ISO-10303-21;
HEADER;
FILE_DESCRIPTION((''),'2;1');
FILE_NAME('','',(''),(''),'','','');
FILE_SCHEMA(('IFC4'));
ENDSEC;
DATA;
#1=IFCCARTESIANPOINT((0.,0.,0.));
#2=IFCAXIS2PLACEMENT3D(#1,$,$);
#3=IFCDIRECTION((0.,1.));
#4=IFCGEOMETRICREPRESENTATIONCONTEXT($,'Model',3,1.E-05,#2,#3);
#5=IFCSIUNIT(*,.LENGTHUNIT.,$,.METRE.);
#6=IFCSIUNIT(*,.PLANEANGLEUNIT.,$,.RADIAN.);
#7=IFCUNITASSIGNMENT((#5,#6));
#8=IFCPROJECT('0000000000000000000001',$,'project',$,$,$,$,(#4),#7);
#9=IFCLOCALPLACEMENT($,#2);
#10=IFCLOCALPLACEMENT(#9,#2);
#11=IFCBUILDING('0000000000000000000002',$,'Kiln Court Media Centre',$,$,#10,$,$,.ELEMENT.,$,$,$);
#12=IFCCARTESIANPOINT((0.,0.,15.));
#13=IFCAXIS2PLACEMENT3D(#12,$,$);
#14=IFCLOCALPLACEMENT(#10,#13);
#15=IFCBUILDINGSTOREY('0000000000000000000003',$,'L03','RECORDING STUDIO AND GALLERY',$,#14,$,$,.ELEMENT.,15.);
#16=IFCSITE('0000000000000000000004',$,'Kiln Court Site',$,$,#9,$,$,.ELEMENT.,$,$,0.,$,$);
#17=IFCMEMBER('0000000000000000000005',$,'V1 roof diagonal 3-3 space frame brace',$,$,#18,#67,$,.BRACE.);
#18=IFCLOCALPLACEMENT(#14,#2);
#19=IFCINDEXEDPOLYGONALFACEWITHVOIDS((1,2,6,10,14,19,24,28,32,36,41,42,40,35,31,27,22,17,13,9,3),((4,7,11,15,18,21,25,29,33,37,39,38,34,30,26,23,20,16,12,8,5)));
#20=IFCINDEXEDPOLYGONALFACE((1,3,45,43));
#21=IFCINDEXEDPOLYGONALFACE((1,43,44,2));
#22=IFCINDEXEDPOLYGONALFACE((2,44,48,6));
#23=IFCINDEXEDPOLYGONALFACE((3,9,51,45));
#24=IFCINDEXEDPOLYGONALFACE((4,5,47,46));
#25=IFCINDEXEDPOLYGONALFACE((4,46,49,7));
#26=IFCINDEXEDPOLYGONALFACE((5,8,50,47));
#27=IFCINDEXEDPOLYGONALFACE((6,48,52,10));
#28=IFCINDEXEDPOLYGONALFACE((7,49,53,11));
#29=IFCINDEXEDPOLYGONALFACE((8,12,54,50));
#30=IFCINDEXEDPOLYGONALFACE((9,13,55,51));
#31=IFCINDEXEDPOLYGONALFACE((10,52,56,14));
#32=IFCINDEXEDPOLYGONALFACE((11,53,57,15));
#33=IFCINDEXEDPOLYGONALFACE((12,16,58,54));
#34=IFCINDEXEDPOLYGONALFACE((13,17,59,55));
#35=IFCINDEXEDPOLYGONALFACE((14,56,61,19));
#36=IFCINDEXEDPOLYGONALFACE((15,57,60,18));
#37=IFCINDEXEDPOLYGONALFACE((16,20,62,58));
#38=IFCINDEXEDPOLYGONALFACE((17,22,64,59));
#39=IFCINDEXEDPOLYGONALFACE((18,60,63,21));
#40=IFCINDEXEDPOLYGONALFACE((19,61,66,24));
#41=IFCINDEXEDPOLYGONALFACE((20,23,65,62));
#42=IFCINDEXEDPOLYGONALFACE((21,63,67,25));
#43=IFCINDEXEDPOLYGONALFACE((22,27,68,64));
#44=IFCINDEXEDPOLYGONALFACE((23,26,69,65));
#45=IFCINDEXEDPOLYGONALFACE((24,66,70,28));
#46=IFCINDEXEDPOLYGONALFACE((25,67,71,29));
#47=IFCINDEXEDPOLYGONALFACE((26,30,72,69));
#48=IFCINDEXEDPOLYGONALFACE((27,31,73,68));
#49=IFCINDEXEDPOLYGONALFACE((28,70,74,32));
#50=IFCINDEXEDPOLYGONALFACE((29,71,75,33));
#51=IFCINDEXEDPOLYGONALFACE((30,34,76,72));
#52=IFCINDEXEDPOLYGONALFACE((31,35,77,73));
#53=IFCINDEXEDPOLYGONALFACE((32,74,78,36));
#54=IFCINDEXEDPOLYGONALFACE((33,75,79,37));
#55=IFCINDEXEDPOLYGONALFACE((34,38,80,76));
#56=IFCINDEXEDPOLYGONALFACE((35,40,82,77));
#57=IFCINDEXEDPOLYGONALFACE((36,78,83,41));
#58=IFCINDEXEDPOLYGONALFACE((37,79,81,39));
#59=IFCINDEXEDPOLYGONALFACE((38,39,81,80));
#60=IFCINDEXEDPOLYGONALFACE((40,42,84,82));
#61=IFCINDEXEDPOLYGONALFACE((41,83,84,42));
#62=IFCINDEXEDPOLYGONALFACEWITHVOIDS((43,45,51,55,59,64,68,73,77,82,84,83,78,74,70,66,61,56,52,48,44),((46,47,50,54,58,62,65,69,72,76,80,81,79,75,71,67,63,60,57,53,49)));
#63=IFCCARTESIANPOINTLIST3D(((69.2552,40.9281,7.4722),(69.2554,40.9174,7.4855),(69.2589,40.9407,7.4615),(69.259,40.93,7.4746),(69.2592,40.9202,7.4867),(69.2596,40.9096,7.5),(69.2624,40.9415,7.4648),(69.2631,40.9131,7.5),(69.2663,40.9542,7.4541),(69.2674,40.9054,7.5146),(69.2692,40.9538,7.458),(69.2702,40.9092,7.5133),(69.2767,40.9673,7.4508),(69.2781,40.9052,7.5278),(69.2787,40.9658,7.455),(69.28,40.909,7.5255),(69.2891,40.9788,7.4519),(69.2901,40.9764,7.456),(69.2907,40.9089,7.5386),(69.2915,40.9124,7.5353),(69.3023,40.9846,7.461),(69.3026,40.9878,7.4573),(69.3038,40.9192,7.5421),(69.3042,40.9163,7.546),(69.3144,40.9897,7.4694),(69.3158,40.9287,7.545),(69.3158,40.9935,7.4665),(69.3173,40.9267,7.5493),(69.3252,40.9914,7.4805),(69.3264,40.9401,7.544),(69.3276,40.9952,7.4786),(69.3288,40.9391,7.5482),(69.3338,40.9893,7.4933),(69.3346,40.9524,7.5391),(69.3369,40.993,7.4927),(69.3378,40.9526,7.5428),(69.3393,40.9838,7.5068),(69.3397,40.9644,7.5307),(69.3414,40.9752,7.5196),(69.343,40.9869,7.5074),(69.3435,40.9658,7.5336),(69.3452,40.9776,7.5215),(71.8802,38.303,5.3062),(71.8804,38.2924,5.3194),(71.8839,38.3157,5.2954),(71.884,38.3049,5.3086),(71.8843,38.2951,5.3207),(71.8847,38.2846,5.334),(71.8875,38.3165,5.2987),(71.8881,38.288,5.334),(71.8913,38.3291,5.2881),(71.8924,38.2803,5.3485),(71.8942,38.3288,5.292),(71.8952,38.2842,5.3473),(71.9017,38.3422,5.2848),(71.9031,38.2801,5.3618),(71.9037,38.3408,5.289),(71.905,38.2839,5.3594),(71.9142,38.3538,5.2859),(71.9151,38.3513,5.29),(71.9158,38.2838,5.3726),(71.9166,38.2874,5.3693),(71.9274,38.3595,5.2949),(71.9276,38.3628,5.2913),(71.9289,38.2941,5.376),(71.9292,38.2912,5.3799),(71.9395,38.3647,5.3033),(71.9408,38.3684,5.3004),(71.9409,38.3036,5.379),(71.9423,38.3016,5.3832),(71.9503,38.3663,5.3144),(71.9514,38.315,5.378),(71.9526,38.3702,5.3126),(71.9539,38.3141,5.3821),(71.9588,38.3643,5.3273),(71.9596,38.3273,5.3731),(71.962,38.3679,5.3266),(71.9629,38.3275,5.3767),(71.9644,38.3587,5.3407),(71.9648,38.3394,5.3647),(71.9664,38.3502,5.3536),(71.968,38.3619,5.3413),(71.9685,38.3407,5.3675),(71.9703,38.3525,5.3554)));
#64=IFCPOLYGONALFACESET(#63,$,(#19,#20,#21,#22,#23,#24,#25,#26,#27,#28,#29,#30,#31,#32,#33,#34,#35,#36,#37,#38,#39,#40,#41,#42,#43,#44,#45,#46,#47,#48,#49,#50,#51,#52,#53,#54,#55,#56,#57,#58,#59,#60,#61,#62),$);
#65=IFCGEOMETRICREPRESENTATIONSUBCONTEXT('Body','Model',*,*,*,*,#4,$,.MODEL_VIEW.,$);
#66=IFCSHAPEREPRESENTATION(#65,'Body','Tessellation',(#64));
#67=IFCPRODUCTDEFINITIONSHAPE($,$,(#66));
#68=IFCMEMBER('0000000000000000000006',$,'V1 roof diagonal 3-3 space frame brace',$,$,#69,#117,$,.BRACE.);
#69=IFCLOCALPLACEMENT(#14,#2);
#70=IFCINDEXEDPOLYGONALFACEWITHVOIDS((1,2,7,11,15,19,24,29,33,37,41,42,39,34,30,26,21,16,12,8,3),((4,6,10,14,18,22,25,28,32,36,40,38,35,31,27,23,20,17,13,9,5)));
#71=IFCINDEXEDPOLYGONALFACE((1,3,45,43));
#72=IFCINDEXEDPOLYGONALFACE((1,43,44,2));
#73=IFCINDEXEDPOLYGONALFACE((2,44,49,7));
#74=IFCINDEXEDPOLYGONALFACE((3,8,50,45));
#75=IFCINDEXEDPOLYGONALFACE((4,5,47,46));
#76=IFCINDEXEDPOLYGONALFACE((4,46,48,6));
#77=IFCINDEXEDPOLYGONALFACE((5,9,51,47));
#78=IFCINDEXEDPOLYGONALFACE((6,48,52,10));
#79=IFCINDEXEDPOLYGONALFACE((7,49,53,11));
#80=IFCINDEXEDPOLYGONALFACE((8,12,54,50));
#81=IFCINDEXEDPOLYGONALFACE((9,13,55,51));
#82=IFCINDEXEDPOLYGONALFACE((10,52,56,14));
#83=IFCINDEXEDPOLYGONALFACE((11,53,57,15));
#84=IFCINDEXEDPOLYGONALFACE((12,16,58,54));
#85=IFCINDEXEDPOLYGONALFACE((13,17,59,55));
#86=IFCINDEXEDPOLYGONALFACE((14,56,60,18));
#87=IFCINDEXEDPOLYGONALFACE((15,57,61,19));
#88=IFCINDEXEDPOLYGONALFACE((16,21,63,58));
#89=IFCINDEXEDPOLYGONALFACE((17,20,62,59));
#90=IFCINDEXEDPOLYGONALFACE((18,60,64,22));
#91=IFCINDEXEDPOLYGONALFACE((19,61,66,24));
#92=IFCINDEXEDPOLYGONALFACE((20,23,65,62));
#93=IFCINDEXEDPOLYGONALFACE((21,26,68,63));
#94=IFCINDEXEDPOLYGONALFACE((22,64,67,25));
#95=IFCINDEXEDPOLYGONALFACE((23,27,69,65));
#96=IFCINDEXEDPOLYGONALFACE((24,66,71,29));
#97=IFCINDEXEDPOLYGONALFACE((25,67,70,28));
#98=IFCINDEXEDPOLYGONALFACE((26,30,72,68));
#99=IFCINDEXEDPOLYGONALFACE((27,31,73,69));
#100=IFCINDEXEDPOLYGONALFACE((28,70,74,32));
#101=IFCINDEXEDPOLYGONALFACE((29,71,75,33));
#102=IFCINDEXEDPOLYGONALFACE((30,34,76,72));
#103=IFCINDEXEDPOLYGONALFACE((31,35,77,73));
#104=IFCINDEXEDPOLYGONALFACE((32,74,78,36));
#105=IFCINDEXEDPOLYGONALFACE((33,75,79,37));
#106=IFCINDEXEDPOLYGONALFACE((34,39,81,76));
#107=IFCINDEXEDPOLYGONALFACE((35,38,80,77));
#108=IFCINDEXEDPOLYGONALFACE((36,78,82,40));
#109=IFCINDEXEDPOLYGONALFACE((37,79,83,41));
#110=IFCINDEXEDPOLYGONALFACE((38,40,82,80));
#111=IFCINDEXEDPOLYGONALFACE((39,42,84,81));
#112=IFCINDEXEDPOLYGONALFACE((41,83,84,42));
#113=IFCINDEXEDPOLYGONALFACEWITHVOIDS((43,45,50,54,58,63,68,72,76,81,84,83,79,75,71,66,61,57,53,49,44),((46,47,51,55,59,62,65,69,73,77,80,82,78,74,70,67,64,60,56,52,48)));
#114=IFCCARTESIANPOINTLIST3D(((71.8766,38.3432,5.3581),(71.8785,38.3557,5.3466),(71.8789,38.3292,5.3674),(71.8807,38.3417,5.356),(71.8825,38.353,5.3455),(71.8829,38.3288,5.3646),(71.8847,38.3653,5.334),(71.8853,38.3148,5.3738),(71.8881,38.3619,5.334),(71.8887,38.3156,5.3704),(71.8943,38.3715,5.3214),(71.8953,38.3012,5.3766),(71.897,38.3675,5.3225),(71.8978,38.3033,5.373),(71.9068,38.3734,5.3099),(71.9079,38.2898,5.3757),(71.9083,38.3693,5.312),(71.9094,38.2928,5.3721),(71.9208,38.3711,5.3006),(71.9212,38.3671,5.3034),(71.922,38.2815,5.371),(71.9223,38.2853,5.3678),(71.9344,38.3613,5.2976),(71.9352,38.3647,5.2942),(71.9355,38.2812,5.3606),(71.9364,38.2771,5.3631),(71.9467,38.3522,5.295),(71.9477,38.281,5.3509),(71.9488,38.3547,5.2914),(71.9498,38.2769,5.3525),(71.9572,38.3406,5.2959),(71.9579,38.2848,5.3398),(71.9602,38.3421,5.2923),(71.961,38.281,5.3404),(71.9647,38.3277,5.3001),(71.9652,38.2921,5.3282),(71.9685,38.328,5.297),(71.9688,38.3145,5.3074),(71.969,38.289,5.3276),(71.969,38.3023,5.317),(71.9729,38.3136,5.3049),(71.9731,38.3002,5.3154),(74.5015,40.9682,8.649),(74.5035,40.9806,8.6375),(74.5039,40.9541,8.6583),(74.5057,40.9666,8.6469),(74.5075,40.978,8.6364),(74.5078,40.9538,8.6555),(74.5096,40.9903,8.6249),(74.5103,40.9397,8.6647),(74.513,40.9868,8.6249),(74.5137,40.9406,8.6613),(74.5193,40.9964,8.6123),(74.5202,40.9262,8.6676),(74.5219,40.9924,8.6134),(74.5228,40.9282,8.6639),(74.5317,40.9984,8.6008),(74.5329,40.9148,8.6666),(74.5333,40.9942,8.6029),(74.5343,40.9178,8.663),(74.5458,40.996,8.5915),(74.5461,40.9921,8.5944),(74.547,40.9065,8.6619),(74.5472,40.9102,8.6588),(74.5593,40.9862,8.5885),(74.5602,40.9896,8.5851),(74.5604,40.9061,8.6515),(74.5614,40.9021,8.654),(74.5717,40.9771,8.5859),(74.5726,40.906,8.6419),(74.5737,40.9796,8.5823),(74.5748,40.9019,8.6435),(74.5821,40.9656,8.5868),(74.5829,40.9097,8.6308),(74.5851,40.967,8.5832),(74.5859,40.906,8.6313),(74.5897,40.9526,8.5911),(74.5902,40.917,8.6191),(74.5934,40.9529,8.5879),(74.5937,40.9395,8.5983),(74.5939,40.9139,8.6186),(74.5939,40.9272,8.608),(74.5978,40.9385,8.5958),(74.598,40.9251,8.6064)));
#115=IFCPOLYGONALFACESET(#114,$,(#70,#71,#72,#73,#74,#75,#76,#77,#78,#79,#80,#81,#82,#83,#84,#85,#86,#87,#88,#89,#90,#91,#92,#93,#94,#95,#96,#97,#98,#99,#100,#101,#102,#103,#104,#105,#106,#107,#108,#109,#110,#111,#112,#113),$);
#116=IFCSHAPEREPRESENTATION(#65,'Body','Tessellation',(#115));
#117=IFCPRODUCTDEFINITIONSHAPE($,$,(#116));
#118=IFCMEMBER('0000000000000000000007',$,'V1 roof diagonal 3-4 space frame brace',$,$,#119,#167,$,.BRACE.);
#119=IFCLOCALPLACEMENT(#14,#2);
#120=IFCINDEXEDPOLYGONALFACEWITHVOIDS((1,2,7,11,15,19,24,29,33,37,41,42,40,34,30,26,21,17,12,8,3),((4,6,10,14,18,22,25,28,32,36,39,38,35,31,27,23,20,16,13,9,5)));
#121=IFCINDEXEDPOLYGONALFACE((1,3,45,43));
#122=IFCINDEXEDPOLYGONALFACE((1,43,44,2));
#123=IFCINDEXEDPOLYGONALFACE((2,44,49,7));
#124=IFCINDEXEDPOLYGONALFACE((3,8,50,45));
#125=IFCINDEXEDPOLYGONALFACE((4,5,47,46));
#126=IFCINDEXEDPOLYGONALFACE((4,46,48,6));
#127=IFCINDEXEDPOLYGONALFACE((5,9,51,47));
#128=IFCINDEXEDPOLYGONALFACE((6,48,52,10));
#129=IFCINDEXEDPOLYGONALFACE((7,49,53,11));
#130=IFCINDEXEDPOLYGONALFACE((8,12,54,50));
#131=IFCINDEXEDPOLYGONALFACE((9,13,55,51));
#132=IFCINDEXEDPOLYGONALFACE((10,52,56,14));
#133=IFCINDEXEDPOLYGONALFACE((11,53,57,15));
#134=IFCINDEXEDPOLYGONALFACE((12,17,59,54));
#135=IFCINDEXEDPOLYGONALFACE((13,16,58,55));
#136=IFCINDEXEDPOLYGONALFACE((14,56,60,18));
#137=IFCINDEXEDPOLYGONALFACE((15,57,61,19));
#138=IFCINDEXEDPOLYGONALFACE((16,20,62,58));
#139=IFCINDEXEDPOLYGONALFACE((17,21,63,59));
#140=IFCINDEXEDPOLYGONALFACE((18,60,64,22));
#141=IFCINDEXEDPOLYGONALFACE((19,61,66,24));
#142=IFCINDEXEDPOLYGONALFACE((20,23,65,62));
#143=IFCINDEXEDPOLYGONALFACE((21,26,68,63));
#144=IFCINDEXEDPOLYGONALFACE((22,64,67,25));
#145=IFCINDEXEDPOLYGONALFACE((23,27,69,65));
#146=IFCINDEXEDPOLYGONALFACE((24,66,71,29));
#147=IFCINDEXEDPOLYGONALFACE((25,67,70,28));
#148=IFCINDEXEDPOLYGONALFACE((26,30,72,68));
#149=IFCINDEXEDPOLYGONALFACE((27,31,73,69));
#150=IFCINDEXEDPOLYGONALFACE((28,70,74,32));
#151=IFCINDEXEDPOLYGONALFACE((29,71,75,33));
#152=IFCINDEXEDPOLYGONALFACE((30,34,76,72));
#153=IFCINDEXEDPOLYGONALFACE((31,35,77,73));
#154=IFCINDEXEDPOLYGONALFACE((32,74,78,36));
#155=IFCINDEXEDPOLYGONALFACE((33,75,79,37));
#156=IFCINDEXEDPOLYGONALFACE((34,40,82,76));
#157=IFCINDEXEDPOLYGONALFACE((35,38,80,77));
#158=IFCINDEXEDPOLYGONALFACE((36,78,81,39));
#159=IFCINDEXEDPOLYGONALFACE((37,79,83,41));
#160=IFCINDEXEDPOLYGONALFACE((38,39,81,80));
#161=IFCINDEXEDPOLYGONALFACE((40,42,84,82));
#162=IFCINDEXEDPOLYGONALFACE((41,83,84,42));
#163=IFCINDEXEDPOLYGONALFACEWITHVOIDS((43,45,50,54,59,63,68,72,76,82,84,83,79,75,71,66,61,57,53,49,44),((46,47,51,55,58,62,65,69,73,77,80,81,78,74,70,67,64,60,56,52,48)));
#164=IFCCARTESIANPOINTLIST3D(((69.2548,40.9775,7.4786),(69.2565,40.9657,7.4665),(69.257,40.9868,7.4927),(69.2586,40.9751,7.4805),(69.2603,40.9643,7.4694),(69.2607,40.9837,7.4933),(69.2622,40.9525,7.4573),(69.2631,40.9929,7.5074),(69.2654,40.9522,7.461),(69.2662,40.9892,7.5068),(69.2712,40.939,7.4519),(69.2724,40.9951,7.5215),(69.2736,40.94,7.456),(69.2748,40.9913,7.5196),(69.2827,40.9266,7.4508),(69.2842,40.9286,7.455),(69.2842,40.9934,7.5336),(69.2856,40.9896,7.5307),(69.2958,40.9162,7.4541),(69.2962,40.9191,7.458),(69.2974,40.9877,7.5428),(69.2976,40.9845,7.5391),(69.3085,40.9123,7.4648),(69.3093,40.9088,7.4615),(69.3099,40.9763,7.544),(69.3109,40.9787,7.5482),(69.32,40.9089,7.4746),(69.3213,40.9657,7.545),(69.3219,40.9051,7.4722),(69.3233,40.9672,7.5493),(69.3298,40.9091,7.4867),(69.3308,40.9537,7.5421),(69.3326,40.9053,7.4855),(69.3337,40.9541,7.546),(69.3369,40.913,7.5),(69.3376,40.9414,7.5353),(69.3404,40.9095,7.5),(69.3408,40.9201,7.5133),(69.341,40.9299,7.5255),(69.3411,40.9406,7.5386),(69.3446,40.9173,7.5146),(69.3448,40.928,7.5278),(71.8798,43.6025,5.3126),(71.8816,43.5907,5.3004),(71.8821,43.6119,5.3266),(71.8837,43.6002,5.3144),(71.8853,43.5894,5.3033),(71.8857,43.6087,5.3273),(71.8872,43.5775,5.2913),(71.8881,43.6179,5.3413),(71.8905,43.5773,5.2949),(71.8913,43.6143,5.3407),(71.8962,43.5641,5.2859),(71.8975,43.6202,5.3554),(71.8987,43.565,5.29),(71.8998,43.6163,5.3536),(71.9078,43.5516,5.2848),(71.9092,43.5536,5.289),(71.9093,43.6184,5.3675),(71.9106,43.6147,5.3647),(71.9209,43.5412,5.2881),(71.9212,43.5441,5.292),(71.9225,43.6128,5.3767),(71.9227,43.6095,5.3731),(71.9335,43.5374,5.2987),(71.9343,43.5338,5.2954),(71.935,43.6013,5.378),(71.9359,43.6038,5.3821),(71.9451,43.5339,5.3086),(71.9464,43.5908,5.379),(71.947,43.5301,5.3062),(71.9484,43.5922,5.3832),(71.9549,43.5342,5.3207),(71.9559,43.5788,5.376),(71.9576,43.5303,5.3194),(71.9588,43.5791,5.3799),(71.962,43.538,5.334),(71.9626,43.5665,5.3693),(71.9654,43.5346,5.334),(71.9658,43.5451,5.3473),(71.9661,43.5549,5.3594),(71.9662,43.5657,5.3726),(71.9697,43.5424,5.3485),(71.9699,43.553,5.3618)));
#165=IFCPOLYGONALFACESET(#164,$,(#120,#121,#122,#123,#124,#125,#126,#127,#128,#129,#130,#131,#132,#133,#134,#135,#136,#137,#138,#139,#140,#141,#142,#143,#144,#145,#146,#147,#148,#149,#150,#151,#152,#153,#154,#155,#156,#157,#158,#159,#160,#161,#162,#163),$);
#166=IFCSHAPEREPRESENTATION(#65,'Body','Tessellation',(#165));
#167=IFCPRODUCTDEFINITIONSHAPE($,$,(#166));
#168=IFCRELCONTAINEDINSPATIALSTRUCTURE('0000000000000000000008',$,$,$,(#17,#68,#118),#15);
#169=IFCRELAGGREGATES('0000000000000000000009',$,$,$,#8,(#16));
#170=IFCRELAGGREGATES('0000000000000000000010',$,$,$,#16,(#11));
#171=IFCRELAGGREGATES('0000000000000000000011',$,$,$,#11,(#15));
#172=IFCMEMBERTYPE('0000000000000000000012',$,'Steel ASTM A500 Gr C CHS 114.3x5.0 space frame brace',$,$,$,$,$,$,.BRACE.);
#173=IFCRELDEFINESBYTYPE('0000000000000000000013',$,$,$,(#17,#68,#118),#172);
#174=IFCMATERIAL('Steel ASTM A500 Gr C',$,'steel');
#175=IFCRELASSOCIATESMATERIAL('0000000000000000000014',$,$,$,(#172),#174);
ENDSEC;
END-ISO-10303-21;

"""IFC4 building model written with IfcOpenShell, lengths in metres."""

from ifc_helpers import new_model, si_unit, direction, frame, origin, origin_2d, place, context, subcontext, project, spatial, hollow_circle, extrude, material, material_profile, profile_set, type_object, element, save


model = new_model("IFC4")

# Units and contexts
model_context = context("Model", 3, precision=1e-05, world=origin(), true_north=direction((0.0, 1.0)))
body_context = subcontext(model_context, "Body", "Model", "MODEL_VIEW")
ifc_project = project(units=[si_unit("LENGTHUNIT", "METRE"), si_unit("PLANEANGLEUNIT", "RADIAN")], contexts=[model_context])

# Site, building, storey
site_placement = place(None, origin())
site = spatial("IfcSite", under=ifc_project, at=site_placement, Name="Kiln Court Site", CompositionType="ELEMENT", RefElevation=0.0)
building_placement = place(site_placement, origin())
building = spatial("IfcBuilding", under=site, at=building_placement, Name="Kiln Court Media Centre", CompositionType="ELEMENT")
storey_placement = place(building_placement, frame((0.0, 0.0, 15.0)))
storey = spatial("IfcBuildingStorey", under=building, at=storey_placement, Name="L03", Description="RECORDING STUDIO AND GALLERY", CompositionType="ELEMENT", Elevation=15.0)

# Members
ifc_material_1 = material(Name="Steel ASTM A500 Gr C", Category="steel")
ifc_material_profile_1 = material_profile(ifc_material_1, hollow_circle(Radius=0.0571, WallThickness=0.0049, at=origin_2d()), Name="CHS 114.3x5.0")
ifc_profile_set_1 = profile_set([ifc_material_profile_1], Name="Steel ASTM A500 Gr C")
member_type_1 = type_object("IfcMemberType", Name="Steel ASTM A500 Gr C CHS 114.3x5.0 space frame brace", PredefinedType="BRACE", material=ifc_profile_set_1)
member_1_placement = place(storey_placement, frame((71.925, 38.325, 5.334), z_axis=(-0.610748, 0.610748, 0.503958), x_axis=(-0.707107, -0.707107, 0.0)))
element("IfcMember", 1, at=member_1_placement, inside=storey, type_object=member_type_1, Name="V1 roof diagonal 3-3 space frame brace", PredefinedType="BRACE", context=body_context, shape_type="SweptSolid", body=[
    extrude(hollow_circle(Radius=0.0571, WallThickness=0.0049, at=origin_2d()), origin(), (0.0, 0.0, 1.0), 4.2981),
])
member_2_placement = place(storey_placement, frame((71.925, 38.325, 5.334), z_axis=(0.529122, 0.529122, 0.663371), x_axis=(-0.707107, 0.707107, 0.0)))
element("IfcMember", 2, at=member_2_placement, inside=storey, type_object=member_type_1, Name="V1 roof diagonal 3-3 space frame brace", PredefinedType="BRACE", context=body_context, shape_type="SweptSolid", body=[
    extrude(hollow_circle(Radius=0.0571, WallThickness=0.0049, at=origin_2d()), origin(), (0.0, 0.0, 1.0), 4.9609),
])
member_3_placement = place(storey_placement, frame((71.925, 43.575, 5.334), z_axis=(-0.610748, -0.610748, 0.503958), x_axis=(0.707107, -0.707107, 0.0)))
element("IfcMember", 3, at=member_3_placement, inside=storey, type_object=member_type_1, Name="V1 roof diagonal 3-4 space frame brace", PredefinedType="BRACE", context=body_context, shape_type="SweptSolid", body=[
    extrude(hollow_circle(Radius=0.0571, WallThickness=0.0049, at=origin_2d()), origin(), (0.0, 0.0, 1.0), 4.2981),
])

save(model, "model.ifc")
